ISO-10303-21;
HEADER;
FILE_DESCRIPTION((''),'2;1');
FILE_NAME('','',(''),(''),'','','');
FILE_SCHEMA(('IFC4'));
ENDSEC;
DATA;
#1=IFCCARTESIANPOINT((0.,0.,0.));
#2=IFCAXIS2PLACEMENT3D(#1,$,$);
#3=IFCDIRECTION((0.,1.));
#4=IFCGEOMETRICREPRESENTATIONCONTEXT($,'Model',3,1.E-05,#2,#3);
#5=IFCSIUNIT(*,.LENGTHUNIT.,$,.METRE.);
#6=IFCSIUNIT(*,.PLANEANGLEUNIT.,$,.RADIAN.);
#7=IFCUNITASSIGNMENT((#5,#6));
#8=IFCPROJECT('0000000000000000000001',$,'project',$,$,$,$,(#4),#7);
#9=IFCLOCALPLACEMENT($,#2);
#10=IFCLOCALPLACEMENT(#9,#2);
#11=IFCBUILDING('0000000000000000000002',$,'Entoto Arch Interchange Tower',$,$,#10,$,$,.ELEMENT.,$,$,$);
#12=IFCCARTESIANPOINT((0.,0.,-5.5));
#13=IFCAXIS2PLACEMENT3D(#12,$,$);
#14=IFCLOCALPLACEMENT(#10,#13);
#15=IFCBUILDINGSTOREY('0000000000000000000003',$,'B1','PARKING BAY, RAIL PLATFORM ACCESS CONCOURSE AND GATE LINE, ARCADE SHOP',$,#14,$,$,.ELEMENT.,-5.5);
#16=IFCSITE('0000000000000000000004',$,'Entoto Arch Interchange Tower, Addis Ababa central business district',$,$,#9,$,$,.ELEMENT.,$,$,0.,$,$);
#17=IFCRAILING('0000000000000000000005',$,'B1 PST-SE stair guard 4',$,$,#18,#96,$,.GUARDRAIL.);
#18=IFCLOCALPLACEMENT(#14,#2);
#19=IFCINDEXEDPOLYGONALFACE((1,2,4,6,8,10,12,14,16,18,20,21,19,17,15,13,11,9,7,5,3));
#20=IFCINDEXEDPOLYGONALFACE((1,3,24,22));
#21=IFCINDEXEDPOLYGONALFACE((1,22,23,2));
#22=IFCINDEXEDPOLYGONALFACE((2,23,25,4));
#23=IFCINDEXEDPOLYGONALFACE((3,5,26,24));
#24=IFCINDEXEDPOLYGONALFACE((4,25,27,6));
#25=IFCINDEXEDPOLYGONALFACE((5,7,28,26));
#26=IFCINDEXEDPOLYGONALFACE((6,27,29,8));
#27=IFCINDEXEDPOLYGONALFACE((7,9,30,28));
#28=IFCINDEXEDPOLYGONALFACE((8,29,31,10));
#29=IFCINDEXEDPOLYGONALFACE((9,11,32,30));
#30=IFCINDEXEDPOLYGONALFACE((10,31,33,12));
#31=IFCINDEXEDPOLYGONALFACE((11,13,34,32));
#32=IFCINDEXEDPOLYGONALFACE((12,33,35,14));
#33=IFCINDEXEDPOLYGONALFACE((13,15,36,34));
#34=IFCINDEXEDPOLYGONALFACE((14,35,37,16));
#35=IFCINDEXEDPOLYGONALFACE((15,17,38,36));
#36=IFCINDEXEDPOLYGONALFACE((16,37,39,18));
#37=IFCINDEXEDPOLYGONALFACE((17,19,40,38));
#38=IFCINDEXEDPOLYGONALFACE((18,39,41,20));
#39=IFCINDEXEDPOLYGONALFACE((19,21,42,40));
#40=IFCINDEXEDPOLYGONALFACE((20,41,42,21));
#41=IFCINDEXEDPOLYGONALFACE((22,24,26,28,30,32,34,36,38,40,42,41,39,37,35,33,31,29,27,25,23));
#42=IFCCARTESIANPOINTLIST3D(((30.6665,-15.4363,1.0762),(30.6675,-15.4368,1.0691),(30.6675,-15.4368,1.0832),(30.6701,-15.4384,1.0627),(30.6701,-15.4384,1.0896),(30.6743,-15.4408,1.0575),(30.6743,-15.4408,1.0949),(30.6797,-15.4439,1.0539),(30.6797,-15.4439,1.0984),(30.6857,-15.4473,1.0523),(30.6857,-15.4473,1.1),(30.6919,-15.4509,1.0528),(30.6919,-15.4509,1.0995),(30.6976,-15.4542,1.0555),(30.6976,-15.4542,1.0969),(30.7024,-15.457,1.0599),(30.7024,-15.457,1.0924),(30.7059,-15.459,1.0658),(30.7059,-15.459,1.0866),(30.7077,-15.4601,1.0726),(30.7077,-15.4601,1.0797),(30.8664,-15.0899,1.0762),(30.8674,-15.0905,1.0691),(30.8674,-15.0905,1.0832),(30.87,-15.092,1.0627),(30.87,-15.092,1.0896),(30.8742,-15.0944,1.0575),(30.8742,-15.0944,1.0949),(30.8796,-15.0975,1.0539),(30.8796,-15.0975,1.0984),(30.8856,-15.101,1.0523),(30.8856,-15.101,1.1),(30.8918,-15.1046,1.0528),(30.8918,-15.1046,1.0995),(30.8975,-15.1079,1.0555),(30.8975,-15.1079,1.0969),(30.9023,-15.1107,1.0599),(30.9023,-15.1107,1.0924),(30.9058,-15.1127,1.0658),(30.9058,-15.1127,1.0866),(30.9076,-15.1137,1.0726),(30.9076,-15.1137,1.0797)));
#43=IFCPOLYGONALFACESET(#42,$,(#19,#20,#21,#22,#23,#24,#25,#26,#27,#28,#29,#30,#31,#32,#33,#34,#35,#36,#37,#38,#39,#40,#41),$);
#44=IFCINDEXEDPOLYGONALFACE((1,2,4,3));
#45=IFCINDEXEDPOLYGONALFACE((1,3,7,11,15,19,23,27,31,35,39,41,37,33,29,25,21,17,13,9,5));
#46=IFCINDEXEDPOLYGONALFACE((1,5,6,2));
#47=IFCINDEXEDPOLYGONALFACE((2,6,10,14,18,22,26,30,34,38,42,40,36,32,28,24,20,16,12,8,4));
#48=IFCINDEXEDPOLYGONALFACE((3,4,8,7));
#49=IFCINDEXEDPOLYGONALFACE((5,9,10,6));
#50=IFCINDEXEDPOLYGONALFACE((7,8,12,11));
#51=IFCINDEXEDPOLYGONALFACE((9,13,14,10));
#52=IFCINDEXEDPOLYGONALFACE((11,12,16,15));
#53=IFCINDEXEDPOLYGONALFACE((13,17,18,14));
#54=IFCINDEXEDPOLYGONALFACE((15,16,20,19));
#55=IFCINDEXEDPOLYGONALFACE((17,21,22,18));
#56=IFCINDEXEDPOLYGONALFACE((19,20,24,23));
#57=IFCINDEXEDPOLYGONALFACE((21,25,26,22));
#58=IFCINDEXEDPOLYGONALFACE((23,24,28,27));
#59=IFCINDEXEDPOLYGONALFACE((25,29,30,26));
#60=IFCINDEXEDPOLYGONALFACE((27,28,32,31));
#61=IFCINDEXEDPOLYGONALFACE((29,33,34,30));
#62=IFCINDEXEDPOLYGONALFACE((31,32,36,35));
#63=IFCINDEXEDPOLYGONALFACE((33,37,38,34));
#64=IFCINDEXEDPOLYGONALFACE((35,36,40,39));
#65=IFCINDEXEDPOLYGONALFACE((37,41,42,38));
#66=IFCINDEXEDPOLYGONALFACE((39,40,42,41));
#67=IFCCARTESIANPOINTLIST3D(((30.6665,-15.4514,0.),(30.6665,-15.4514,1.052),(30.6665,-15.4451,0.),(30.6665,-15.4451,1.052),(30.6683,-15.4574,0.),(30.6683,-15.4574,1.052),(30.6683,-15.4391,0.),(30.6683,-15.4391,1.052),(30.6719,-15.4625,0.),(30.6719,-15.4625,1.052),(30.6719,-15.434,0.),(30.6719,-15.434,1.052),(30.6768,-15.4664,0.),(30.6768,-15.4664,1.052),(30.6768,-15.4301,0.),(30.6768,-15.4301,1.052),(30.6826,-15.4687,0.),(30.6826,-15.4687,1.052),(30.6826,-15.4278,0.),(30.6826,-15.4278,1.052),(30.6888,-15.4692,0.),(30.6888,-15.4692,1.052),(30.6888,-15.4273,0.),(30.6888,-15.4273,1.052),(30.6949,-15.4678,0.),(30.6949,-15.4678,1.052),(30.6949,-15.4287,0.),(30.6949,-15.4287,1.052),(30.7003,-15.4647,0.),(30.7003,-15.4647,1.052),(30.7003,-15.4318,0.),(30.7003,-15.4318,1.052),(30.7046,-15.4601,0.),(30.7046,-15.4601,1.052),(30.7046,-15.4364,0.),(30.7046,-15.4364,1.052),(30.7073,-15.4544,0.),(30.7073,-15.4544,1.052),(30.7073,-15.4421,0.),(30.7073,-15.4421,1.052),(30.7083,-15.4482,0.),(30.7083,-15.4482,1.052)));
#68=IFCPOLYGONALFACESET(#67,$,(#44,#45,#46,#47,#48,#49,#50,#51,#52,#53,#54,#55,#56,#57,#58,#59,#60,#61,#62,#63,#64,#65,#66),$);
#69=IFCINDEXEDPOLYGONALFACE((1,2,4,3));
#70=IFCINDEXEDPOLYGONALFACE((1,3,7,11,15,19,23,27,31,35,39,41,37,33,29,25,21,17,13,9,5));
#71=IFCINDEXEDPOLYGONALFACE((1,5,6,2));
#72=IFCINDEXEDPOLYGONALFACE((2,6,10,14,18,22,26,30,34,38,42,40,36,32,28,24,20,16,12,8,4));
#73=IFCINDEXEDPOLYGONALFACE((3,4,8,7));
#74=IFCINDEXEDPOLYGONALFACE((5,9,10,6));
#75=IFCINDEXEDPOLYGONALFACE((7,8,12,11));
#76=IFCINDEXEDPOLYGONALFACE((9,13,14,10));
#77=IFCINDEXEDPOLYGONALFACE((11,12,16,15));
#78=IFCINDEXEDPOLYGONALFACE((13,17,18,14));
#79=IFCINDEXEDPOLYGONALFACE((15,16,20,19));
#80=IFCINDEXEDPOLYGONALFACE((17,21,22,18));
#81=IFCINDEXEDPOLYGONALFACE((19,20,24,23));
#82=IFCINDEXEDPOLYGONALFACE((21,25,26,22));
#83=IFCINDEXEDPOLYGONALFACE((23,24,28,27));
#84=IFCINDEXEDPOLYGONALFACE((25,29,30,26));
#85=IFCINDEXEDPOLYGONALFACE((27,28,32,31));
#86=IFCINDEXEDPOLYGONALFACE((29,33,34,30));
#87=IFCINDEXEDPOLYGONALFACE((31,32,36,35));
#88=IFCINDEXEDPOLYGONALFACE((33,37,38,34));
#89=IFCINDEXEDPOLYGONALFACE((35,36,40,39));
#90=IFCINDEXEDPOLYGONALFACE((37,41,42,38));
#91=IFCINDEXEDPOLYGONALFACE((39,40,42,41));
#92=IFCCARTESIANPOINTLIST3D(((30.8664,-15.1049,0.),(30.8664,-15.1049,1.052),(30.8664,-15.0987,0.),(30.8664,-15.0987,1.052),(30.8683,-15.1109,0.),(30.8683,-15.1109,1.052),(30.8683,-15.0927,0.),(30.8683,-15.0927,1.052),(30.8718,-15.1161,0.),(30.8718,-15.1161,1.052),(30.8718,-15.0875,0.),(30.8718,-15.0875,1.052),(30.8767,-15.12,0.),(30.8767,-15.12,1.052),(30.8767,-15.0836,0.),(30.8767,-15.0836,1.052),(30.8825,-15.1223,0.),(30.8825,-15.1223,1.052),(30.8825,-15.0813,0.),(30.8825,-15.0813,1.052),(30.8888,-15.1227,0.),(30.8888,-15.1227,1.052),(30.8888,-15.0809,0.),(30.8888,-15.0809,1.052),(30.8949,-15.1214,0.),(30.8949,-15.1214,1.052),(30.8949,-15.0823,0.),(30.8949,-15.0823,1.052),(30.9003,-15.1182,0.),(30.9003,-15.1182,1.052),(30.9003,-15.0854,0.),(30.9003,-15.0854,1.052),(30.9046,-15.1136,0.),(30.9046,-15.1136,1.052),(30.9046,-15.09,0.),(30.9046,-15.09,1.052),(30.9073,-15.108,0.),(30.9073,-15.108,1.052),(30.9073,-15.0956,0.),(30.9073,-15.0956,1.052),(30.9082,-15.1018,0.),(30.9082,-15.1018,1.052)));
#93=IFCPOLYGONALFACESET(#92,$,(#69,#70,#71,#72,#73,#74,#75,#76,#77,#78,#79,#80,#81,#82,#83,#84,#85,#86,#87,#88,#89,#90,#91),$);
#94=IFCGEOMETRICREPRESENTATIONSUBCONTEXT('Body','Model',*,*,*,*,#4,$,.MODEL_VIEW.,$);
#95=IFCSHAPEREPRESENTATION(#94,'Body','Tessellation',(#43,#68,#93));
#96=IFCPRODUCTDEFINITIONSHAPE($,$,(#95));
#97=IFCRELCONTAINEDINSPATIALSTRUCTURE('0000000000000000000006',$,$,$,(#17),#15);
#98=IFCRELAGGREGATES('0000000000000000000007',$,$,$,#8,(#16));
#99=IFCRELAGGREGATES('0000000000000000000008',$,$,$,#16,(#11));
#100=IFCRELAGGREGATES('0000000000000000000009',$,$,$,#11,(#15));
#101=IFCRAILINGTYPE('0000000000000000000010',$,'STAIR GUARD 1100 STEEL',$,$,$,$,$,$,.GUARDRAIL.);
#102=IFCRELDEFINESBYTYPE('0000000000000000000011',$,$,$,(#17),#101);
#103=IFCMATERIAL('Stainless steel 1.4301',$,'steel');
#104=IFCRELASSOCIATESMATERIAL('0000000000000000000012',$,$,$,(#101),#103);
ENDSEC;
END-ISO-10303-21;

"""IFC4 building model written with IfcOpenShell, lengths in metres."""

from ifc_helpers import new_model, si_unit, direction, frame, origin, origin_2d, place, context, subcontext, project, spatial, circle, extrude, material, type_object, element, save


model = new_model("IFC4")

# Units and contexts
model_context = context("Model", 3, precision=1e-05, world=origin(), true_north=direction((0.0, 1.0)))
body_context = subcontext(model_context, "Body", "Model", "MODEL_VIEW")
ifc_project = project(units=[si_unit("LENGTHUNIT", "METRE"), si_unit("PLANEANGLEUNIT", "RADIAN")], contexts=[model_context])

# Site, building, storey
site_placement = place(None, origin())
site = spatial("IfcSite", under=ifc_project, at=site_placement, Name="Entoto Arch Interchange Tower, Addis Ababa central business district", CompositionType="ELEMENT", RefElevation=0.0)
building_placement = place(site_placement, origin())
building = spatial("IfcBuilding", under=site, at=building_placement, Name="Entoto Arch Interchange Tower", CompositionType="ELEMENT")
storey_placement = place(building_placement, frame((0.0, 0.0, -5.5)))
storey = spatial("IfcBuildingStorey", under=building, at=storey_placement, Name="B1", Description="PARKING BAY, RAIL PLATFORM ACCESS CONCOURSE AND GATE LINE, ARCADE SHOP", CompositionType="ELEMENT", Elevation=-5.5)

# Railing
ifc_material_1 = material(Name="Stainless steel 1.4301", Category="steel")
railing_type_1 = type_object("IfcRailingType", Name="STAIR GUARD 1100 STEEL", PredefinedType="GUARDRAIL", material=ifc_material_1)
railing_1_placement = place(storey_placement, frame((30.6873, -15.4482, 0.0)))
element("IfcRailing", 1, at=railing_1_placement, inside=storey, type_object=railing_type_1, Name="B1 PST-SE stair guard 4", PredefinedType="GUARDRAIL", context=body_context, shape_type="SweptSolid", body=[
    extrude(circle(Radius=0.0239, at=origin_2d()), frame((0.0, 0.0, 1.0762), z_axis=(0.499881, 0.866094, 0.0), x_axis=(-0.866094, 0.499881, 0.0)), (0.0, 0.0, 1.0), 0.3999),
    extrude(circle(Radius=0.021, at=origin_2d()), origin(), (0.0, 0.0, 1.0), 1.052),
    extrude(circle(Radius=0.021, at=origin_2d()), frame((0.2, 0.3464, 0.0)), (0.0, 0.0, 1.0), 1.052),
])

save(model, "model.ifc")
